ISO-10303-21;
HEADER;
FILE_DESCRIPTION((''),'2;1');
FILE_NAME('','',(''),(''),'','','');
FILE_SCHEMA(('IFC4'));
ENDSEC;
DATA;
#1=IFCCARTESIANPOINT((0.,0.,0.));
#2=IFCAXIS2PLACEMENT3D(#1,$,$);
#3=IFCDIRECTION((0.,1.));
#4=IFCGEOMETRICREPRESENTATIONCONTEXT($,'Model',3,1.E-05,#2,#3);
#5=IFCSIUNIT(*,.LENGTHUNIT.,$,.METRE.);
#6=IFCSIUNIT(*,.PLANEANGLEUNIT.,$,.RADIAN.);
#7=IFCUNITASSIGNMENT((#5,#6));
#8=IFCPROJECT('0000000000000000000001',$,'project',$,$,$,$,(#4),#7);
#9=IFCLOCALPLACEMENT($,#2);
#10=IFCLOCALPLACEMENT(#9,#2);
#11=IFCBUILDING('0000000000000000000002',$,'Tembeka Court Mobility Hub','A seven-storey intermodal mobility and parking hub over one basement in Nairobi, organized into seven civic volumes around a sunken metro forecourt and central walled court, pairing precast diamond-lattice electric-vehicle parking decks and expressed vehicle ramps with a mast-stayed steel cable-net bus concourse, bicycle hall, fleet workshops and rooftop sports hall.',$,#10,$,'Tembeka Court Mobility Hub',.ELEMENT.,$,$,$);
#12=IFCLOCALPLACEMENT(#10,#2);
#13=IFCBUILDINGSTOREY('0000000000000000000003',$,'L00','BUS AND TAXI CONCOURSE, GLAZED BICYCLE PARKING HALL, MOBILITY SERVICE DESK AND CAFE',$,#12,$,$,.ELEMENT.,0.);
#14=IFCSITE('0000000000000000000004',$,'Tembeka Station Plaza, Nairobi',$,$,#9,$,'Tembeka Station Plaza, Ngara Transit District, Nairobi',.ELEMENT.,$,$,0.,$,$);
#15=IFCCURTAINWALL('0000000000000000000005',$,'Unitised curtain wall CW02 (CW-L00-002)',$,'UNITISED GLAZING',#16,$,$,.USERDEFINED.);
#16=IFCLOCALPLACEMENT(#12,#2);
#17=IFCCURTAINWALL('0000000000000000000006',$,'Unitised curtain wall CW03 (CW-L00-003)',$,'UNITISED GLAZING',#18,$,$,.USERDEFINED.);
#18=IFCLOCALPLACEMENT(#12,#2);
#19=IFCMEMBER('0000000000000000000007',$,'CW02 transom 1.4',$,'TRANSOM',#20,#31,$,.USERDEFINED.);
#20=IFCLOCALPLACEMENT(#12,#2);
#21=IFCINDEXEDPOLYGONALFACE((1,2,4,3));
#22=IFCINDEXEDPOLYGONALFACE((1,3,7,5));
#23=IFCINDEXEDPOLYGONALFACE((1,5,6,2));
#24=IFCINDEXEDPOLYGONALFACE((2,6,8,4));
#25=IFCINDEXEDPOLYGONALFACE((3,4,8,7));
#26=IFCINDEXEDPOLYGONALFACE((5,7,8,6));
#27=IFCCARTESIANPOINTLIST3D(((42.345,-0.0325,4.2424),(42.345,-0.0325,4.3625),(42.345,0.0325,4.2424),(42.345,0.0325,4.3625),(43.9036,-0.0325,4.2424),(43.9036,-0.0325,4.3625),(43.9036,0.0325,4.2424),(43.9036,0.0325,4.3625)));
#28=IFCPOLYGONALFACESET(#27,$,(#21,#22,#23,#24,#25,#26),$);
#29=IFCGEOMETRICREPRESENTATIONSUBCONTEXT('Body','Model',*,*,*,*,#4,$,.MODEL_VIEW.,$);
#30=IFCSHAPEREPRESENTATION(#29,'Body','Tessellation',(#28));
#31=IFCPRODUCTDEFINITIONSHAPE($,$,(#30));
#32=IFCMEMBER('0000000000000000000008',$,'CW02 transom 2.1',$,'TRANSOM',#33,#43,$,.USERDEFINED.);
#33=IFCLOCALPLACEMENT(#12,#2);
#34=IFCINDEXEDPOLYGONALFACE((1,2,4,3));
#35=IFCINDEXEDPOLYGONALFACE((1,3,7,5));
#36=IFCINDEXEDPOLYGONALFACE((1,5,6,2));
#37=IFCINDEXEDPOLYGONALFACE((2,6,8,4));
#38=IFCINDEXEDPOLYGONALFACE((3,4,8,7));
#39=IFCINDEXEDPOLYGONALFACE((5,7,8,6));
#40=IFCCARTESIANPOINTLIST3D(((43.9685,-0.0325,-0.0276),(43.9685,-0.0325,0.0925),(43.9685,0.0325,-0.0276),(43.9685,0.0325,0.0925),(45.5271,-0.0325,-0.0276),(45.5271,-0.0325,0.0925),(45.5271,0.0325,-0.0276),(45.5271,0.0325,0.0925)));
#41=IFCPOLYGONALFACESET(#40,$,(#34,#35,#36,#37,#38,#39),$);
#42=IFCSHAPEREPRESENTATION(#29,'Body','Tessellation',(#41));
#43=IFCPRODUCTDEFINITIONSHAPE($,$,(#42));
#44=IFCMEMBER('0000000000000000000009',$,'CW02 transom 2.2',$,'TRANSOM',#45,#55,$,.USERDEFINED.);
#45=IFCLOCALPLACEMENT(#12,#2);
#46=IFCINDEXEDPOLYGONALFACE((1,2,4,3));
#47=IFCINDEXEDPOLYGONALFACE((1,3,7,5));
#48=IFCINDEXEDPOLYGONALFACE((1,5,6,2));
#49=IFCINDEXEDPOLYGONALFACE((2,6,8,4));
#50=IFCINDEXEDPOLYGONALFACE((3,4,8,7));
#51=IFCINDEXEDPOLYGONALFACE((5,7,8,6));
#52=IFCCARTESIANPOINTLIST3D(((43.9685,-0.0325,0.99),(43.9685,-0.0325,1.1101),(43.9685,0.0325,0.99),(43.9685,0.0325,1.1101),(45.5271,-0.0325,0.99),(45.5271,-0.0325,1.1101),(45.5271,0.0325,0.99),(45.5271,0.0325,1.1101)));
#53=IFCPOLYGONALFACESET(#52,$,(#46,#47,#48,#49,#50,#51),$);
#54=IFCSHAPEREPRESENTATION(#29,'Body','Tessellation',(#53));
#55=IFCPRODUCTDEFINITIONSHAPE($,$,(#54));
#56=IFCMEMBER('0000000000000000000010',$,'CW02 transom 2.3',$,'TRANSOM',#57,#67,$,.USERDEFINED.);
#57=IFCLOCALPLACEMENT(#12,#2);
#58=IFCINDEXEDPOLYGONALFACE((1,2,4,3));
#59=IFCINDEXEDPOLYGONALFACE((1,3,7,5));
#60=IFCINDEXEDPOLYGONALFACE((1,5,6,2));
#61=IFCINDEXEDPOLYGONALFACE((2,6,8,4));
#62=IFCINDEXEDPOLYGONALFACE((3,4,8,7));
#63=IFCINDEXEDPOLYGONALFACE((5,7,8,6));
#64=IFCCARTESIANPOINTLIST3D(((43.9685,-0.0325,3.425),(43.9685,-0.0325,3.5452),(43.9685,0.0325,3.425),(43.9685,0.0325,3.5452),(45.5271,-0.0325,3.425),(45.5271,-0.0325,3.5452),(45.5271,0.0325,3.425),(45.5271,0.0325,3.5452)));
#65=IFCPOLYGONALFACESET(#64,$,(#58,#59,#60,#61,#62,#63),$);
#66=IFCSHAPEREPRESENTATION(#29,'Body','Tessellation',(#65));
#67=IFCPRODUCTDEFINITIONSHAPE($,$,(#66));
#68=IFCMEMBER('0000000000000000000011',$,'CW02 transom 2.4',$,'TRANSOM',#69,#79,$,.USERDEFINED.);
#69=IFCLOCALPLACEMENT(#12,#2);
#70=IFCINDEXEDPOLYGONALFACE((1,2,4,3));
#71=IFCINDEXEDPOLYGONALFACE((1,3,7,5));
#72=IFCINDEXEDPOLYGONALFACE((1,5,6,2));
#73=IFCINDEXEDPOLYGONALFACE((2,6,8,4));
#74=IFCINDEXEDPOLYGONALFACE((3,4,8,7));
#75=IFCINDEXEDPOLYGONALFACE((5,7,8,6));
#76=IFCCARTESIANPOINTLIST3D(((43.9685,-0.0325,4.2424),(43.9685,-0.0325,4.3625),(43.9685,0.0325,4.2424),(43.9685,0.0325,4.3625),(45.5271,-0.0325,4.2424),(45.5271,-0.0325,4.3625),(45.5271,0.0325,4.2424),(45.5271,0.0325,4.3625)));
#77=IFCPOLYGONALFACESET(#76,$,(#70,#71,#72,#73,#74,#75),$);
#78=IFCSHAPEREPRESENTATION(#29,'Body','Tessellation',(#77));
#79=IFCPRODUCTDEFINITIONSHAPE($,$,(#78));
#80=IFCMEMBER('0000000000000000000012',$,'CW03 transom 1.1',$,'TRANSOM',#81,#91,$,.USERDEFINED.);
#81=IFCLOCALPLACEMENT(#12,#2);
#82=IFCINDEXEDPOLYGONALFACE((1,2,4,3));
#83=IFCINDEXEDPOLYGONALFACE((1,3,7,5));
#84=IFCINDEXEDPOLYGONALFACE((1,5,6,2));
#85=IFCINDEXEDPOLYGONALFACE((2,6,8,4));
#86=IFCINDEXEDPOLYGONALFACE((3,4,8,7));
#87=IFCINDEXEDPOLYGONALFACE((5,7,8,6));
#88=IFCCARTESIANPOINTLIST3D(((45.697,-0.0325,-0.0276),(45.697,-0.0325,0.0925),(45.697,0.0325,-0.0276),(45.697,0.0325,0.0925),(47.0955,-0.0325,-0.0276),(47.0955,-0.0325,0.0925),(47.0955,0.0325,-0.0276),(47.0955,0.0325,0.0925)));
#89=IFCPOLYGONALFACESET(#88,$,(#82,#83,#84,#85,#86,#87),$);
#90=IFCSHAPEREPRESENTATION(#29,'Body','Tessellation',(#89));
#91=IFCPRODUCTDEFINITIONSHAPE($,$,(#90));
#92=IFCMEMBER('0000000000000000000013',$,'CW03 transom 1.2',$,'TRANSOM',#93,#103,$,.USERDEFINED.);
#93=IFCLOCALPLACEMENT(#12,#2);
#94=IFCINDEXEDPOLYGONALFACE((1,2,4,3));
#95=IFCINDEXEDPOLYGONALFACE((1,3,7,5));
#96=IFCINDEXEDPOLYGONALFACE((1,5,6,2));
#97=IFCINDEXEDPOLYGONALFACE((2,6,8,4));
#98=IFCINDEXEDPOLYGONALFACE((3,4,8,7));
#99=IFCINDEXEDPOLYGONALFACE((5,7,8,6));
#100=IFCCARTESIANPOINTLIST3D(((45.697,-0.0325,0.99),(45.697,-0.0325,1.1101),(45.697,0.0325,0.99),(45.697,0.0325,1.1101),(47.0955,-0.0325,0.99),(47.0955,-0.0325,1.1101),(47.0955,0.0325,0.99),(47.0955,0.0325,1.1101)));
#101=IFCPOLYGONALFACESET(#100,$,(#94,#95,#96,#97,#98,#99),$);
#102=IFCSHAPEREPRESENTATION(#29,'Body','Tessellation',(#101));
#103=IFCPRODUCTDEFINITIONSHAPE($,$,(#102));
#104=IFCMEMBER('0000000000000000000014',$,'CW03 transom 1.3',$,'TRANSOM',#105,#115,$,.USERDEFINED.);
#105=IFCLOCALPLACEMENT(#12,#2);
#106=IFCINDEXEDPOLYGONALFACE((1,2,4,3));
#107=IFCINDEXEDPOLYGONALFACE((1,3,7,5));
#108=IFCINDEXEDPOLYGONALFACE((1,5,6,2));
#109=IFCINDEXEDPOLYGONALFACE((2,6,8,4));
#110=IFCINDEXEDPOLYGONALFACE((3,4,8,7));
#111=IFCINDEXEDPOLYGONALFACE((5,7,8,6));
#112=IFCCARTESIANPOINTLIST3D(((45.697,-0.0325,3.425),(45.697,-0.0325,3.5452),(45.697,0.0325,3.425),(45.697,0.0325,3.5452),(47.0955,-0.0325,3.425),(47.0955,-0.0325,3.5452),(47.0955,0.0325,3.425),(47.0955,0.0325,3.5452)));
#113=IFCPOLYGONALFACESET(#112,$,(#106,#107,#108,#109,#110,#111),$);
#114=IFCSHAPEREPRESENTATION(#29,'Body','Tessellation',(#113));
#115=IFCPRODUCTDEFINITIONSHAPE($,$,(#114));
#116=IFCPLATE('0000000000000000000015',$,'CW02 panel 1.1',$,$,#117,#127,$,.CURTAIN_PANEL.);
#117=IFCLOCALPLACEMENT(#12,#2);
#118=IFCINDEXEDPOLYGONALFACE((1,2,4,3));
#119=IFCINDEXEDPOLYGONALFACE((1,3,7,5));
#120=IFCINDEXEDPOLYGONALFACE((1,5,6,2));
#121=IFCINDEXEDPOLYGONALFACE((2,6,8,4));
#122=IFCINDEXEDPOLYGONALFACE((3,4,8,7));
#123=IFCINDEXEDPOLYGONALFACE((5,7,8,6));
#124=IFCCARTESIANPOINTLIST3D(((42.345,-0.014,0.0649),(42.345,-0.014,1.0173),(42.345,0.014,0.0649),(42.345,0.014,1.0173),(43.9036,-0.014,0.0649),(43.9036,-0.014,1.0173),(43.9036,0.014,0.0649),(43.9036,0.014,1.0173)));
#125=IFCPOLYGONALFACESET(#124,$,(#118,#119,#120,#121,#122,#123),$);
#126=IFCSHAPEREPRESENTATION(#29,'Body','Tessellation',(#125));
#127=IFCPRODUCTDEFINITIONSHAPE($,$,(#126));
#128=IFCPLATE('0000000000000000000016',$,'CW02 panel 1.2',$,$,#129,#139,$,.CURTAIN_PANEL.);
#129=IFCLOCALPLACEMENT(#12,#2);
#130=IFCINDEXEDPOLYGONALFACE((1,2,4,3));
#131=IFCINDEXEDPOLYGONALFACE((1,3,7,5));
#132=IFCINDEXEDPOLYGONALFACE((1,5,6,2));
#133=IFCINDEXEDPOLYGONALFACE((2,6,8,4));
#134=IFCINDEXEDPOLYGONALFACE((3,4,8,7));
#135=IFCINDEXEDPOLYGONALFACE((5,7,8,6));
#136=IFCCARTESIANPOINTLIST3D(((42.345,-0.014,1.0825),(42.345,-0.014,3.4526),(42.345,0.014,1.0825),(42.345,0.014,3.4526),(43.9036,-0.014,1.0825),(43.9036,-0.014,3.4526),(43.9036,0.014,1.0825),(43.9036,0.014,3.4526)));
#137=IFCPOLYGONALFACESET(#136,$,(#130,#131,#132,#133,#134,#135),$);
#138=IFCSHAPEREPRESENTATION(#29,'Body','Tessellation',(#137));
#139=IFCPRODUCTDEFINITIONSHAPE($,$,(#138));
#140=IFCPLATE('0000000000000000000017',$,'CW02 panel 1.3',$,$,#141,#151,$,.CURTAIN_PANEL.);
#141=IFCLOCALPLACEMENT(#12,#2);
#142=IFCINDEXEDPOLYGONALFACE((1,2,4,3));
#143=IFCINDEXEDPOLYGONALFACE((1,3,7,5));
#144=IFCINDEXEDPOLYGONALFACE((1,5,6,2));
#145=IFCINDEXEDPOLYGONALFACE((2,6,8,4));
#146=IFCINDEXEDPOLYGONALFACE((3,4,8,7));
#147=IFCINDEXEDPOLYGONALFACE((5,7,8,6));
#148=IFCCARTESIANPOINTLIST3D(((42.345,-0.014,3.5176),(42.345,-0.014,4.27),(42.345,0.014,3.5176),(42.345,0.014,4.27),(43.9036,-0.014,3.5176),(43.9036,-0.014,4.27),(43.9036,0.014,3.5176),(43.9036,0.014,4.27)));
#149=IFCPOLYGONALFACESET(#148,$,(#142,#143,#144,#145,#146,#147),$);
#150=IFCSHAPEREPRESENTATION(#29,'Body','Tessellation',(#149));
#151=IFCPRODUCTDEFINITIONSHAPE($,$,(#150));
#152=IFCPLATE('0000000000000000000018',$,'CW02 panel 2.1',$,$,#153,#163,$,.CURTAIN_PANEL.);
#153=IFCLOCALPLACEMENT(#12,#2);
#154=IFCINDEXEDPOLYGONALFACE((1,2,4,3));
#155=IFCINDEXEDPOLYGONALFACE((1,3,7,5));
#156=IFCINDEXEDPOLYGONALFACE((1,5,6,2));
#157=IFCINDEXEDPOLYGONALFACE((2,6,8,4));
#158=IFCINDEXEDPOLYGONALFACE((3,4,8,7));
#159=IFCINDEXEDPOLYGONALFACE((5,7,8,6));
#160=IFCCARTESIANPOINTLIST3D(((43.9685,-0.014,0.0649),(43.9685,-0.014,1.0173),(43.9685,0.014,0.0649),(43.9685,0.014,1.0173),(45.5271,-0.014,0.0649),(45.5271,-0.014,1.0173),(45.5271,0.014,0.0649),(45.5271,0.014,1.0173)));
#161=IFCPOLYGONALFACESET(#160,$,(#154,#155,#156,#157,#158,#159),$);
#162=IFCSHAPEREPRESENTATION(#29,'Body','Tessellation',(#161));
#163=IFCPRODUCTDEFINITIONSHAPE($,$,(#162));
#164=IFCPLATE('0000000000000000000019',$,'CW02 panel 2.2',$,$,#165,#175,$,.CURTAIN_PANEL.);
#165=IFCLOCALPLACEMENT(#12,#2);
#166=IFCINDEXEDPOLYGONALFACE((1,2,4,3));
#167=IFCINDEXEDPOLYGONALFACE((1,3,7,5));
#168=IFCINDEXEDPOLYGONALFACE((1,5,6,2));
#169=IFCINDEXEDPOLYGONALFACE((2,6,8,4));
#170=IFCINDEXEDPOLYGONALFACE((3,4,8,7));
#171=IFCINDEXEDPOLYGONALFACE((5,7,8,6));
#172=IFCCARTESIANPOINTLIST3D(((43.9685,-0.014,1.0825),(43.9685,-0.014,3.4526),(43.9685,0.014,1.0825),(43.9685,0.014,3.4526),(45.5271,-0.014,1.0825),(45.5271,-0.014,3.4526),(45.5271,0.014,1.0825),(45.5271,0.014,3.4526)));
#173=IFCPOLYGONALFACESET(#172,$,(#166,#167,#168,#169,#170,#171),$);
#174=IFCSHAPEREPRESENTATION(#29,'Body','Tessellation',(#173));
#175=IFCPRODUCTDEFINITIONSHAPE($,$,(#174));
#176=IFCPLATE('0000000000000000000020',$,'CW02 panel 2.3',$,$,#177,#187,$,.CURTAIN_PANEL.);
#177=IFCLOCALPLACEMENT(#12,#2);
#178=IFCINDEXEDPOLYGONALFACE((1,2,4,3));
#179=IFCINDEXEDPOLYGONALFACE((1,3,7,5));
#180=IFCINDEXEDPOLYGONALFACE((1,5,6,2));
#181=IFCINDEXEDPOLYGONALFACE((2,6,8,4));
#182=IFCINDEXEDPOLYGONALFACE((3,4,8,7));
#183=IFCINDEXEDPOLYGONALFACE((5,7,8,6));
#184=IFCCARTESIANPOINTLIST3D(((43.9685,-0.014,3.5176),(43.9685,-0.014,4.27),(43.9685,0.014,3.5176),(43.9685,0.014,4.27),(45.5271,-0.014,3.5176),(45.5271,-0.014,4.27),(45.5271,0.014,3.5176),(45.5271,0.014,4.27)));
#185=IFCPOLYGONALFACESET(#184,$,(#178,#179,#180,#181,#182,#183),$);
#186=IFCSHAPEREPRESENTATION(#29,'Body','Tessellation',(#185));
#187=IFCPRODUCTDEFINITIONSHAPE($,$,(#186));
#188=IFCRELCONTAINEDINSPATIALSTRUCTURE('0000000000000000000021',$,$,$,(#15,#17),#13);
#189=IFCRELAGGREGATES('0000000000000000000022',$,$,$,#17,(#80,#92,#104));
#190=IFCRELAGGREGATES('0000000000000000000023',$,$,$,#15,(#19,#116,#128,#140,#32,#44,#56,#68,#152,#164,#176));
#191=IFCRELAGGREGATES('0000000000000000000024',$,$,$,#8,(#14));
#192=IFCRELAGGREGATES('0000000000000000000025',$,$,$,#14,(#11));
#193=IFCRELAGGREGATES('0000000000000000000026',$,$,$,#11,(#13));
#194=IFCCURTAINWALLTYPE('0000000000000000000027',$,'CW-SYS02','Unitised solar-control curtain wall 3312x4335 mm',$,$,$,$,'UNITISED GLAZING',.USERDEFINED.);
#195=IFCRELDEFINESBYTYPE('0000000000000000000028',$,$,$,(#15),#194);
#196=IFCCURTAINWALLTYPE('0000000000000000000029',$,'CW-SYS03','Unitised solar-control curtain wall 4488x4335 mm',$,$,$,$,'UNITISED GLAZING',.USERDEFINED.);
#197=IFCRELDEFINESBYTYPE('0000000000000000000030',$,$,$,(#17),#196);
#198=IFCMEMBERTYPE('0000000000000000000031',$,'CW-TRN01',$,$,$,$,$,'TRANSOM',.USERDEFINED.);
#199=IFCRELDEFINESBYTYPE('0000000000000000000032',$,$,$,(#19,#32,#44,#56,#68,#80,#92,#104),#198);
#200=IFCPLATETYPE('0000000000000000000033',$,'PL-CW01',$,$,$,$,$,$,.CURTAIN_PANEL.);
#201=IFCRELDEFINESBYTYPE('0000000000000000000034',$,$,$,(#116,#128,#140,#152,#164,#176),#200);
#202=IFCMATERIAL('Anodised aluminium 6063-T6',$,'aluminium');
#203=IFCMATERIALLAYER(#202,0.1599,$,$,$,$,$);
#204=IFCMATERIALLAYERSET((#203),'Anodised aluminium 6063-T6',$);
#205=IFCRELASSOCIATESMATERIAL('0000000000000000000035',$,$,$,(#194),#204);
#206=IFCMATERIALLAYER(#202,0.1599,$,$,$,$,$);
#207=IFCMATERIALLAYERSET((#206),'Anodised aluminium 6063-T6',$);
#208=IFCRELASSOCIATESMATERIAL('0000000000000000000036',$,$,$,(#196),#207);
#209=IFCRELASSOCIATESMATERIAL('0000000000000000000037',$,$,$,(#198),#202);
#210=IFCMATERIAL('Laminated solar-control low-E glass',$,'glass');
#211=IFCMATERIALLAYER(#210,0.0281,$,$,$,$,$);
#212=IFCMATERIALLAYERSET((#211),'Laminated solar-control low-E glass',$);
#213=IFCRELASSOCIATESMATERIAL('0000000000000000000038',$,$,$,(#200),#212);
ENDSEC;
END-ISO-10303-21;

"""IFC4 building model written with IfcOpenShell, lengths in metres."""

from ifc_helpers import new_model, si_unit, direction, frame, origin, origin_2d, place, context, subcontext, project, spatial, rectangle, extrude, material, layer, layer_set, material_profile, profile_set, type_object, element, aggregate, save


model = new_model("IFC4")

# Units and contexts
model_context = context("Model", 3, precision=1e-05, world=origin(), true_north=direction((0.0, 1.0)))
body_context = subcontext(model_context, "Body", "Model", "MODEL_VIEW")
ifc_project = project(units=[si_unit("LENGTHUNIT", "METRE"), si_unit("PLANEANGLEUNIT", "RADIAN")], contexts=[model_context])

# Site, building, storey
site_placement = place(None, origin())
site = spatial("IfcSite", under=ifc_project, at=site_placement, Name="Tembeka Station Plaza, Nairobi", LongName="Tembeka Station Plaza, Ngara Transit District, Nairobi", CompositionType="ELEMENT", RefElevation=0.0)
building_placement = place(site_placement, origin())
building = spatial("IfcBuilding", under=site, at=building_placement, Name="Tembeka Court Mobility Hub", Description="A seven-storey intermodal mobility and parking hub over one basement in Nairobi, organized into seven civic volumes around a sunken metro forecourt and central walled court, pairing precast diamond-lattice electric-vehicle parking decks and expressed vehicle ramps with a mast-stayed steel cable-net bus concourse, bicycle hall, fleet workshops and rooftop sports hall.", LongName="Tembeka Court Mobility Hub", CompositionType="ELEMENT")
storey_placement = place(building_placement, origin())
storey = spatial("IfcBuildingStorey", under=building, at=storey_placement, Name="L00", Description="BUS AND TAXI CONCOURSE, GLAZED BICYCLE PARKING HALL, MOBILITY SERVICE DESK AND CAFE", CompositionType="ELEMENT", Elevation=0.0)

# Curtain wall
ifc_material_1 = material(Name="Anodised aluminium 6063-T6", Category="aluminium")
ifc_layer_1 = layer(ifc_material_1, 0.1599)
ifc_layer_set_1 = layer_set([ifc_layer_1], Name="Anodised aluminium 6063-T6")
curtain_wall_type_1 = type_object("IfcCurtainWallType", Name="CW-SYS02", Description="Unitised solar-control curtain wall 3312x4335 mm", ElementType="UNITISED GLAZING", PredefinedType="USERDEFINED", material=ifc_layer_set_1)
curtain_wall_1_placement = place(storey_placement, origin())
curtain_wall_1 = element("IfcCurtainWall", 1, at=curtain_wall_1_placement, inside=storey, type_object=curtain_wall_type_1, Name="Unitised curtain wall CW02 (CW-L00-002)", ObjectType="UNITISED GLAZING", PredefinedType="USERDEFINED")

# Curtain wall
ifc_layer_2 = layer(ifc_material_1, 0.1599)
ifc_layer_set_2 = layer_set([ifc_layer_2], Name="Anodised aluminium 6063-T6")
curtain_wall_type_2 = type_object("IfcCurtainWallType", Name="CW-SYS03", Description="Unitised solar-control curtain wall 4488x4335 mm", ElementType="UNITISED GLAZING", PredefinedType="USERDEFINED", material=ifc_layer_set_2)
curtain_wall_2_placement = place(storey_placement, origin())
curtain_wall_2 = element("IfcCurtainWall", 2, at=curtain_wall_2_placement, inside=storey, type_object=curtain_wall_type_2, Name="Unitised curtain wall CW03 (CW-L00-003)", ObjectType="UNITISED GLAZING", PredefinedType="USERDEFINED")

# Members
ifc_material_profile_1 = material_profile(ifc_material_1, rectangle(XDim=0.0649, YDim=0.1201, at=origin_2d()), Name="ALU-TRN 65x120")
ifc_profile_set_1 = profile_set([ifc_material_profile_1], Name="Anodised aluminium 6063-T6")
member_type_1 = type_object("IfcMemberType", Name="CW-TRN01", ElementType="TRANSOM", PredefinedType="USERDEFINED", material=ifc_profile_set_1)
member_1_placement = place(storey_placement, frame((42.345, 0.0, 4.3025), z_axis=(1.0, 0.0, 0.0), x_axis=(0.0, 1.0, 0.0)))
member_1 = element("IfcMember", 3, at=member_1_placement, type_object=member_type_1, Name="CW02 transom 1.4", ObjectType="TRANSOM", PredefinedType="USERDEFINED", context=body_context, shape_type="SweptSolid", body=[
    extrude(rectangle(XDim=0.0649, YDim=0.1201, at=origin_2d()), origin(), (0.0, 0.0, 1.0), 1.5586),
])
member_2_placement = place(storey_placement, frame((43.9685, 0.0, 0.0325), z_axis=(1.0, 0.0, 0.0), x_axis=(0.0, 1.0, 0.0)))
member_2 = element("IfcMember", 4, at=member_2_placement, type_object=member_type_1, Name="CW02 transom 2.1", ObjectType="TRANSOM", PredefinedType="USERDEFINED", context=body_context, shape_type="SweptSolid", body=[
    extrude(rectangle(XDim=0.0649, YDim=0.1201, at=origin_2d()), origin(), (0.0, 0.0, 1.0), 1.5586),
])
member_3_placement = place(storey_placement, frame((43.9685, 0.0, 1.05), z_axis=(1.0, 0.0, 0.0), x_axis=(0.0, 1.0, 0.0)))
member_3 = element("IfcMember", 5, at=member_3_placement, type_object=member_type_1, Name="CW02 transom 2.2", ObjectType="TRANSOM", PredefinedType="USERDEFINED", context=body_context, shape_type="SweptSolid", body=[
    extrude(rectangle(XDim=0.0649, YDim=0.1201, at=origin_2d()), origin(), (0.0, 0.0, 1.0), 1.5586),
])
member_4_placement = place(storey_placement, frame((43.9685, 0.0, 3.4851), z_axis=(1.0, 0.0, 0.0), x_axis=(0.0, 1.0, 0.0)))
member_4 = element("IfcMember", 6, at=member_4_placement, type_object=member_type_1, Name="CW02 transom 2.3", ObjectType="TRANSOM", PredefinedType="USERDEFINED", context=body_context, shape_type="SweptSolid", body=[
    extrude(rectangle(XDim=0.0649, YDim=0.1201, at=origin_2d()), origin(), (0.0, 0.0, 1.0), 1.5586),
])
member_5_placement = place(storey_placement, frame((43.9685, 0.0, 4.3025), z_axis=(1.0, 0.0, 0.0), x_axis=(0.0, 1.0, 0.0)))
member_5 = element("IfcMember", 7, at=member_5_placement, type_object=member_type_1, Name="CW02 transom 2.4", ObjectType="TRANSOM", PredefinedType="USERDEFINED", context=body_context, shape_type="SweptSolid", body=[
    extrude(rectangle(XDim=0.0649, YDim=0.1201, at=origin_2d()), origin(), (0.0, 0.0, 1.0), 1.5586),
])
member_6_placement = place(storey_placement, frame((45.697, 0.0, 0.0325), z_axis=(1.0, 0.0, 0.0), x_axis=(0.0, 1.0, 0.0)))
member_6 = element("IfcMember", 8, at=member_6_placement, type_object=member_type_1, Name="CW03 transom 1.1", ObjectType="TRANSOM", PredefinedType="USERDEFINED", context=body_context, shape_type="SweptSolid", body=[
    extrude(rectangle(XDim=0.0649, YDim=0.1201, at=origin_2d()), origin(), (0.0, 0.0, 1.0), 1.3984),
])
member_7_placement = place(storey_placement, frame((45.697, 0.0, 1.05), z_axis=(1.0, 0.0, 0.0), x_axis=(0.0, 1.0, 0.0)))
member_7 = element("IfcMember", 9, at=member_7_placement, type_object=member_type_1, Name="CW03 transom 1.2", ObjectType="TRANSOM", PredefinedType="USERDEFINED", context=body_context, shape_type="SweptSolid", body=[
    extrude(rectangle(XDim=0.0649, YDim=0.1201, at=origin_2d()), origin(), (0.0, 0.0, 1.0), 1.3984),
])
member_8_placement = place(storey_placement, frame((45.697, 0.0, 3.4851), z_axis=(1.0, 0.0, 0.0), x_axis=(0.0, 1.0, 0.0)))
member_8 = element("IfcMember", 10, at=member_8_placement, type_object=member_type_1, Name="CW03 transom 1.3", ObjectType="TRANSOM", PredefinedType="USERDEFINED", context=body_context, shape_type="SweptSolid", body=[
    extrude(rectangle(XDim=0.0649, YDim=0.1201, at=origin_2d()), origin(), (0.0, 0.0, 1.0), 1.3984),
])
aggregate(curtain_wall_2, [member_6, member_7, member_8])

# Plates
ifc_material_2 = material(Name="Laminated solar-control low-E glass", Category="glass")
ifc_layer_3 = layer(ifc_material_2, 0.0281)
ifc_layer_set_3 = layer_set([ifc_layer_3], Name="Laminated solar-control low-E glass")
plate_type = type_object("IfcPlateType", Name="PL-CW01", PredefinedType="CURTAIN_PANEL", material=ifc_layer_set_3)
plate_1_placement = place(storey_placement, frame((43.1243, 0.0, 0.0649), z_axis=(0.0, 0.0, 1.0), x_axis=(1.0, 0.0, 0.0)))
plate_1 = element("IfcPlate", 11, at=plate_1_placement, type_object=plate_type, Name="CW02 panel 1.1", PredefinedType="CURTAIN_PANEL", context=body_context, shape_type="SweptSolid", body=[
    extrude(rectangle(XDim=1.5586, YDim=0.0281, at=origin_2d()), origin(), (0.0, 0.0, 1.0), 0.9524),
])
plate_2_placement = place(storey_placement, frame((43.1243, 0.0, 1.0825), z_axis=(0.0, 0.0, 1.0), x_axis=(1.0, 0.0, 0.0)))
plate_2 = element("IfcPlate", 12, at=plate_2_placement, type_object=plate_type, Name="CW02 panel 1.2", PredefinedType="CURTAIN_PANEL", context=body_context, shape_type="SweptSolid", body=[
    extrude(rectangle(XDim=1.5586, YDim=0.0281, at=origin_2d()), origin(), (0.0, 0.0, 1.0), 2.3701),
])
plate_3_placement = place(storey_placement, frame((43.1243, 0.0, 3.5176), z_axis=(0.0, 0.0, 1.0), x_axis=(1.0, 0.0, 0.0)))
plate_3 = element("IfcPlate", 13, at=plate_3_placement, type_object=plate_type, Name="CW02 panel 1.3", PredefinedType="CURTAIN_PANEL", context=body_context, shape_type="SweptSolid", body=[
    extrude(rectangle(XDim=1.5586, YDim=0.0281, at=origin_2d()), origin(), (0.0, 0.0, 1.0), 0.7524),
])
plate_4_placement = place(storey_placement, frame((44.7478, 0.0, 0.0649), z_axis=(0.0, 0.0, 1.0), x_axis=(1.0, 0.0, 0.0)))
plate_4 = element("IfcPlate", 14, at=plate_4_placement, type_object=plate_type, Name="CW02 panel 2.1", PredefinedType="CURTAIN_PANEL", context=body_context, shape_type="SweptSolid", body=[
    extrude(rectangle(XDim=1.5586, YDim=0.0281, at=origin_2d()), origin(), (0.0, 0.0, 1.0), 0.9524),
])
plate_5_placement = place(storey_placement, frame((44.7478, 0.0, 1.0825), z_axis=(0.0, 0.0, 1.0), x_axis=(1.0, 0.0, 0.0)))
plate_5 = element("IfcPlate", 15, at=plate_5_placement, type_object=plate_type, Name="CW02 panel 2.2", PredefinedType="CURTAIN_PANEL", context=body_context, shape_type="SweptSolid", body=[
    extrude(rectangle(XDim=1.5586, YDim=0.0281, at=origin_2d()), origin(), (0.0, 0.0, 1.0), 2.3701),
])
plate_6_placement = place(storey_placement, frame((44.7478, 0.0, 3.5176), z_axis=(0.0, 0.0, 1.0), x_axis=(1.0, 0.0, 0.0)))
plate_6 = element("IfcPlate", 16, at=plate_6_placement, type_object=plate_type, Name="CW02 panel 2.3", PredefinedType="CURTAIN_PANEL", context=body_context, shape_type="SweptSolid", body=[
    extrude(rectangle(XDim=1.5586, YDim=0.0281, at=origin_2d()), origin(), (0.0, 0.0, 1.0), 0.7524),
])
aggregate(curtain_wall_1, [member_1, plate_1, plate_2, plate_3, member_2, member_3, member_4, member_5, plate_4, plate_5, plate_6])

save(model, "model.ifc")
